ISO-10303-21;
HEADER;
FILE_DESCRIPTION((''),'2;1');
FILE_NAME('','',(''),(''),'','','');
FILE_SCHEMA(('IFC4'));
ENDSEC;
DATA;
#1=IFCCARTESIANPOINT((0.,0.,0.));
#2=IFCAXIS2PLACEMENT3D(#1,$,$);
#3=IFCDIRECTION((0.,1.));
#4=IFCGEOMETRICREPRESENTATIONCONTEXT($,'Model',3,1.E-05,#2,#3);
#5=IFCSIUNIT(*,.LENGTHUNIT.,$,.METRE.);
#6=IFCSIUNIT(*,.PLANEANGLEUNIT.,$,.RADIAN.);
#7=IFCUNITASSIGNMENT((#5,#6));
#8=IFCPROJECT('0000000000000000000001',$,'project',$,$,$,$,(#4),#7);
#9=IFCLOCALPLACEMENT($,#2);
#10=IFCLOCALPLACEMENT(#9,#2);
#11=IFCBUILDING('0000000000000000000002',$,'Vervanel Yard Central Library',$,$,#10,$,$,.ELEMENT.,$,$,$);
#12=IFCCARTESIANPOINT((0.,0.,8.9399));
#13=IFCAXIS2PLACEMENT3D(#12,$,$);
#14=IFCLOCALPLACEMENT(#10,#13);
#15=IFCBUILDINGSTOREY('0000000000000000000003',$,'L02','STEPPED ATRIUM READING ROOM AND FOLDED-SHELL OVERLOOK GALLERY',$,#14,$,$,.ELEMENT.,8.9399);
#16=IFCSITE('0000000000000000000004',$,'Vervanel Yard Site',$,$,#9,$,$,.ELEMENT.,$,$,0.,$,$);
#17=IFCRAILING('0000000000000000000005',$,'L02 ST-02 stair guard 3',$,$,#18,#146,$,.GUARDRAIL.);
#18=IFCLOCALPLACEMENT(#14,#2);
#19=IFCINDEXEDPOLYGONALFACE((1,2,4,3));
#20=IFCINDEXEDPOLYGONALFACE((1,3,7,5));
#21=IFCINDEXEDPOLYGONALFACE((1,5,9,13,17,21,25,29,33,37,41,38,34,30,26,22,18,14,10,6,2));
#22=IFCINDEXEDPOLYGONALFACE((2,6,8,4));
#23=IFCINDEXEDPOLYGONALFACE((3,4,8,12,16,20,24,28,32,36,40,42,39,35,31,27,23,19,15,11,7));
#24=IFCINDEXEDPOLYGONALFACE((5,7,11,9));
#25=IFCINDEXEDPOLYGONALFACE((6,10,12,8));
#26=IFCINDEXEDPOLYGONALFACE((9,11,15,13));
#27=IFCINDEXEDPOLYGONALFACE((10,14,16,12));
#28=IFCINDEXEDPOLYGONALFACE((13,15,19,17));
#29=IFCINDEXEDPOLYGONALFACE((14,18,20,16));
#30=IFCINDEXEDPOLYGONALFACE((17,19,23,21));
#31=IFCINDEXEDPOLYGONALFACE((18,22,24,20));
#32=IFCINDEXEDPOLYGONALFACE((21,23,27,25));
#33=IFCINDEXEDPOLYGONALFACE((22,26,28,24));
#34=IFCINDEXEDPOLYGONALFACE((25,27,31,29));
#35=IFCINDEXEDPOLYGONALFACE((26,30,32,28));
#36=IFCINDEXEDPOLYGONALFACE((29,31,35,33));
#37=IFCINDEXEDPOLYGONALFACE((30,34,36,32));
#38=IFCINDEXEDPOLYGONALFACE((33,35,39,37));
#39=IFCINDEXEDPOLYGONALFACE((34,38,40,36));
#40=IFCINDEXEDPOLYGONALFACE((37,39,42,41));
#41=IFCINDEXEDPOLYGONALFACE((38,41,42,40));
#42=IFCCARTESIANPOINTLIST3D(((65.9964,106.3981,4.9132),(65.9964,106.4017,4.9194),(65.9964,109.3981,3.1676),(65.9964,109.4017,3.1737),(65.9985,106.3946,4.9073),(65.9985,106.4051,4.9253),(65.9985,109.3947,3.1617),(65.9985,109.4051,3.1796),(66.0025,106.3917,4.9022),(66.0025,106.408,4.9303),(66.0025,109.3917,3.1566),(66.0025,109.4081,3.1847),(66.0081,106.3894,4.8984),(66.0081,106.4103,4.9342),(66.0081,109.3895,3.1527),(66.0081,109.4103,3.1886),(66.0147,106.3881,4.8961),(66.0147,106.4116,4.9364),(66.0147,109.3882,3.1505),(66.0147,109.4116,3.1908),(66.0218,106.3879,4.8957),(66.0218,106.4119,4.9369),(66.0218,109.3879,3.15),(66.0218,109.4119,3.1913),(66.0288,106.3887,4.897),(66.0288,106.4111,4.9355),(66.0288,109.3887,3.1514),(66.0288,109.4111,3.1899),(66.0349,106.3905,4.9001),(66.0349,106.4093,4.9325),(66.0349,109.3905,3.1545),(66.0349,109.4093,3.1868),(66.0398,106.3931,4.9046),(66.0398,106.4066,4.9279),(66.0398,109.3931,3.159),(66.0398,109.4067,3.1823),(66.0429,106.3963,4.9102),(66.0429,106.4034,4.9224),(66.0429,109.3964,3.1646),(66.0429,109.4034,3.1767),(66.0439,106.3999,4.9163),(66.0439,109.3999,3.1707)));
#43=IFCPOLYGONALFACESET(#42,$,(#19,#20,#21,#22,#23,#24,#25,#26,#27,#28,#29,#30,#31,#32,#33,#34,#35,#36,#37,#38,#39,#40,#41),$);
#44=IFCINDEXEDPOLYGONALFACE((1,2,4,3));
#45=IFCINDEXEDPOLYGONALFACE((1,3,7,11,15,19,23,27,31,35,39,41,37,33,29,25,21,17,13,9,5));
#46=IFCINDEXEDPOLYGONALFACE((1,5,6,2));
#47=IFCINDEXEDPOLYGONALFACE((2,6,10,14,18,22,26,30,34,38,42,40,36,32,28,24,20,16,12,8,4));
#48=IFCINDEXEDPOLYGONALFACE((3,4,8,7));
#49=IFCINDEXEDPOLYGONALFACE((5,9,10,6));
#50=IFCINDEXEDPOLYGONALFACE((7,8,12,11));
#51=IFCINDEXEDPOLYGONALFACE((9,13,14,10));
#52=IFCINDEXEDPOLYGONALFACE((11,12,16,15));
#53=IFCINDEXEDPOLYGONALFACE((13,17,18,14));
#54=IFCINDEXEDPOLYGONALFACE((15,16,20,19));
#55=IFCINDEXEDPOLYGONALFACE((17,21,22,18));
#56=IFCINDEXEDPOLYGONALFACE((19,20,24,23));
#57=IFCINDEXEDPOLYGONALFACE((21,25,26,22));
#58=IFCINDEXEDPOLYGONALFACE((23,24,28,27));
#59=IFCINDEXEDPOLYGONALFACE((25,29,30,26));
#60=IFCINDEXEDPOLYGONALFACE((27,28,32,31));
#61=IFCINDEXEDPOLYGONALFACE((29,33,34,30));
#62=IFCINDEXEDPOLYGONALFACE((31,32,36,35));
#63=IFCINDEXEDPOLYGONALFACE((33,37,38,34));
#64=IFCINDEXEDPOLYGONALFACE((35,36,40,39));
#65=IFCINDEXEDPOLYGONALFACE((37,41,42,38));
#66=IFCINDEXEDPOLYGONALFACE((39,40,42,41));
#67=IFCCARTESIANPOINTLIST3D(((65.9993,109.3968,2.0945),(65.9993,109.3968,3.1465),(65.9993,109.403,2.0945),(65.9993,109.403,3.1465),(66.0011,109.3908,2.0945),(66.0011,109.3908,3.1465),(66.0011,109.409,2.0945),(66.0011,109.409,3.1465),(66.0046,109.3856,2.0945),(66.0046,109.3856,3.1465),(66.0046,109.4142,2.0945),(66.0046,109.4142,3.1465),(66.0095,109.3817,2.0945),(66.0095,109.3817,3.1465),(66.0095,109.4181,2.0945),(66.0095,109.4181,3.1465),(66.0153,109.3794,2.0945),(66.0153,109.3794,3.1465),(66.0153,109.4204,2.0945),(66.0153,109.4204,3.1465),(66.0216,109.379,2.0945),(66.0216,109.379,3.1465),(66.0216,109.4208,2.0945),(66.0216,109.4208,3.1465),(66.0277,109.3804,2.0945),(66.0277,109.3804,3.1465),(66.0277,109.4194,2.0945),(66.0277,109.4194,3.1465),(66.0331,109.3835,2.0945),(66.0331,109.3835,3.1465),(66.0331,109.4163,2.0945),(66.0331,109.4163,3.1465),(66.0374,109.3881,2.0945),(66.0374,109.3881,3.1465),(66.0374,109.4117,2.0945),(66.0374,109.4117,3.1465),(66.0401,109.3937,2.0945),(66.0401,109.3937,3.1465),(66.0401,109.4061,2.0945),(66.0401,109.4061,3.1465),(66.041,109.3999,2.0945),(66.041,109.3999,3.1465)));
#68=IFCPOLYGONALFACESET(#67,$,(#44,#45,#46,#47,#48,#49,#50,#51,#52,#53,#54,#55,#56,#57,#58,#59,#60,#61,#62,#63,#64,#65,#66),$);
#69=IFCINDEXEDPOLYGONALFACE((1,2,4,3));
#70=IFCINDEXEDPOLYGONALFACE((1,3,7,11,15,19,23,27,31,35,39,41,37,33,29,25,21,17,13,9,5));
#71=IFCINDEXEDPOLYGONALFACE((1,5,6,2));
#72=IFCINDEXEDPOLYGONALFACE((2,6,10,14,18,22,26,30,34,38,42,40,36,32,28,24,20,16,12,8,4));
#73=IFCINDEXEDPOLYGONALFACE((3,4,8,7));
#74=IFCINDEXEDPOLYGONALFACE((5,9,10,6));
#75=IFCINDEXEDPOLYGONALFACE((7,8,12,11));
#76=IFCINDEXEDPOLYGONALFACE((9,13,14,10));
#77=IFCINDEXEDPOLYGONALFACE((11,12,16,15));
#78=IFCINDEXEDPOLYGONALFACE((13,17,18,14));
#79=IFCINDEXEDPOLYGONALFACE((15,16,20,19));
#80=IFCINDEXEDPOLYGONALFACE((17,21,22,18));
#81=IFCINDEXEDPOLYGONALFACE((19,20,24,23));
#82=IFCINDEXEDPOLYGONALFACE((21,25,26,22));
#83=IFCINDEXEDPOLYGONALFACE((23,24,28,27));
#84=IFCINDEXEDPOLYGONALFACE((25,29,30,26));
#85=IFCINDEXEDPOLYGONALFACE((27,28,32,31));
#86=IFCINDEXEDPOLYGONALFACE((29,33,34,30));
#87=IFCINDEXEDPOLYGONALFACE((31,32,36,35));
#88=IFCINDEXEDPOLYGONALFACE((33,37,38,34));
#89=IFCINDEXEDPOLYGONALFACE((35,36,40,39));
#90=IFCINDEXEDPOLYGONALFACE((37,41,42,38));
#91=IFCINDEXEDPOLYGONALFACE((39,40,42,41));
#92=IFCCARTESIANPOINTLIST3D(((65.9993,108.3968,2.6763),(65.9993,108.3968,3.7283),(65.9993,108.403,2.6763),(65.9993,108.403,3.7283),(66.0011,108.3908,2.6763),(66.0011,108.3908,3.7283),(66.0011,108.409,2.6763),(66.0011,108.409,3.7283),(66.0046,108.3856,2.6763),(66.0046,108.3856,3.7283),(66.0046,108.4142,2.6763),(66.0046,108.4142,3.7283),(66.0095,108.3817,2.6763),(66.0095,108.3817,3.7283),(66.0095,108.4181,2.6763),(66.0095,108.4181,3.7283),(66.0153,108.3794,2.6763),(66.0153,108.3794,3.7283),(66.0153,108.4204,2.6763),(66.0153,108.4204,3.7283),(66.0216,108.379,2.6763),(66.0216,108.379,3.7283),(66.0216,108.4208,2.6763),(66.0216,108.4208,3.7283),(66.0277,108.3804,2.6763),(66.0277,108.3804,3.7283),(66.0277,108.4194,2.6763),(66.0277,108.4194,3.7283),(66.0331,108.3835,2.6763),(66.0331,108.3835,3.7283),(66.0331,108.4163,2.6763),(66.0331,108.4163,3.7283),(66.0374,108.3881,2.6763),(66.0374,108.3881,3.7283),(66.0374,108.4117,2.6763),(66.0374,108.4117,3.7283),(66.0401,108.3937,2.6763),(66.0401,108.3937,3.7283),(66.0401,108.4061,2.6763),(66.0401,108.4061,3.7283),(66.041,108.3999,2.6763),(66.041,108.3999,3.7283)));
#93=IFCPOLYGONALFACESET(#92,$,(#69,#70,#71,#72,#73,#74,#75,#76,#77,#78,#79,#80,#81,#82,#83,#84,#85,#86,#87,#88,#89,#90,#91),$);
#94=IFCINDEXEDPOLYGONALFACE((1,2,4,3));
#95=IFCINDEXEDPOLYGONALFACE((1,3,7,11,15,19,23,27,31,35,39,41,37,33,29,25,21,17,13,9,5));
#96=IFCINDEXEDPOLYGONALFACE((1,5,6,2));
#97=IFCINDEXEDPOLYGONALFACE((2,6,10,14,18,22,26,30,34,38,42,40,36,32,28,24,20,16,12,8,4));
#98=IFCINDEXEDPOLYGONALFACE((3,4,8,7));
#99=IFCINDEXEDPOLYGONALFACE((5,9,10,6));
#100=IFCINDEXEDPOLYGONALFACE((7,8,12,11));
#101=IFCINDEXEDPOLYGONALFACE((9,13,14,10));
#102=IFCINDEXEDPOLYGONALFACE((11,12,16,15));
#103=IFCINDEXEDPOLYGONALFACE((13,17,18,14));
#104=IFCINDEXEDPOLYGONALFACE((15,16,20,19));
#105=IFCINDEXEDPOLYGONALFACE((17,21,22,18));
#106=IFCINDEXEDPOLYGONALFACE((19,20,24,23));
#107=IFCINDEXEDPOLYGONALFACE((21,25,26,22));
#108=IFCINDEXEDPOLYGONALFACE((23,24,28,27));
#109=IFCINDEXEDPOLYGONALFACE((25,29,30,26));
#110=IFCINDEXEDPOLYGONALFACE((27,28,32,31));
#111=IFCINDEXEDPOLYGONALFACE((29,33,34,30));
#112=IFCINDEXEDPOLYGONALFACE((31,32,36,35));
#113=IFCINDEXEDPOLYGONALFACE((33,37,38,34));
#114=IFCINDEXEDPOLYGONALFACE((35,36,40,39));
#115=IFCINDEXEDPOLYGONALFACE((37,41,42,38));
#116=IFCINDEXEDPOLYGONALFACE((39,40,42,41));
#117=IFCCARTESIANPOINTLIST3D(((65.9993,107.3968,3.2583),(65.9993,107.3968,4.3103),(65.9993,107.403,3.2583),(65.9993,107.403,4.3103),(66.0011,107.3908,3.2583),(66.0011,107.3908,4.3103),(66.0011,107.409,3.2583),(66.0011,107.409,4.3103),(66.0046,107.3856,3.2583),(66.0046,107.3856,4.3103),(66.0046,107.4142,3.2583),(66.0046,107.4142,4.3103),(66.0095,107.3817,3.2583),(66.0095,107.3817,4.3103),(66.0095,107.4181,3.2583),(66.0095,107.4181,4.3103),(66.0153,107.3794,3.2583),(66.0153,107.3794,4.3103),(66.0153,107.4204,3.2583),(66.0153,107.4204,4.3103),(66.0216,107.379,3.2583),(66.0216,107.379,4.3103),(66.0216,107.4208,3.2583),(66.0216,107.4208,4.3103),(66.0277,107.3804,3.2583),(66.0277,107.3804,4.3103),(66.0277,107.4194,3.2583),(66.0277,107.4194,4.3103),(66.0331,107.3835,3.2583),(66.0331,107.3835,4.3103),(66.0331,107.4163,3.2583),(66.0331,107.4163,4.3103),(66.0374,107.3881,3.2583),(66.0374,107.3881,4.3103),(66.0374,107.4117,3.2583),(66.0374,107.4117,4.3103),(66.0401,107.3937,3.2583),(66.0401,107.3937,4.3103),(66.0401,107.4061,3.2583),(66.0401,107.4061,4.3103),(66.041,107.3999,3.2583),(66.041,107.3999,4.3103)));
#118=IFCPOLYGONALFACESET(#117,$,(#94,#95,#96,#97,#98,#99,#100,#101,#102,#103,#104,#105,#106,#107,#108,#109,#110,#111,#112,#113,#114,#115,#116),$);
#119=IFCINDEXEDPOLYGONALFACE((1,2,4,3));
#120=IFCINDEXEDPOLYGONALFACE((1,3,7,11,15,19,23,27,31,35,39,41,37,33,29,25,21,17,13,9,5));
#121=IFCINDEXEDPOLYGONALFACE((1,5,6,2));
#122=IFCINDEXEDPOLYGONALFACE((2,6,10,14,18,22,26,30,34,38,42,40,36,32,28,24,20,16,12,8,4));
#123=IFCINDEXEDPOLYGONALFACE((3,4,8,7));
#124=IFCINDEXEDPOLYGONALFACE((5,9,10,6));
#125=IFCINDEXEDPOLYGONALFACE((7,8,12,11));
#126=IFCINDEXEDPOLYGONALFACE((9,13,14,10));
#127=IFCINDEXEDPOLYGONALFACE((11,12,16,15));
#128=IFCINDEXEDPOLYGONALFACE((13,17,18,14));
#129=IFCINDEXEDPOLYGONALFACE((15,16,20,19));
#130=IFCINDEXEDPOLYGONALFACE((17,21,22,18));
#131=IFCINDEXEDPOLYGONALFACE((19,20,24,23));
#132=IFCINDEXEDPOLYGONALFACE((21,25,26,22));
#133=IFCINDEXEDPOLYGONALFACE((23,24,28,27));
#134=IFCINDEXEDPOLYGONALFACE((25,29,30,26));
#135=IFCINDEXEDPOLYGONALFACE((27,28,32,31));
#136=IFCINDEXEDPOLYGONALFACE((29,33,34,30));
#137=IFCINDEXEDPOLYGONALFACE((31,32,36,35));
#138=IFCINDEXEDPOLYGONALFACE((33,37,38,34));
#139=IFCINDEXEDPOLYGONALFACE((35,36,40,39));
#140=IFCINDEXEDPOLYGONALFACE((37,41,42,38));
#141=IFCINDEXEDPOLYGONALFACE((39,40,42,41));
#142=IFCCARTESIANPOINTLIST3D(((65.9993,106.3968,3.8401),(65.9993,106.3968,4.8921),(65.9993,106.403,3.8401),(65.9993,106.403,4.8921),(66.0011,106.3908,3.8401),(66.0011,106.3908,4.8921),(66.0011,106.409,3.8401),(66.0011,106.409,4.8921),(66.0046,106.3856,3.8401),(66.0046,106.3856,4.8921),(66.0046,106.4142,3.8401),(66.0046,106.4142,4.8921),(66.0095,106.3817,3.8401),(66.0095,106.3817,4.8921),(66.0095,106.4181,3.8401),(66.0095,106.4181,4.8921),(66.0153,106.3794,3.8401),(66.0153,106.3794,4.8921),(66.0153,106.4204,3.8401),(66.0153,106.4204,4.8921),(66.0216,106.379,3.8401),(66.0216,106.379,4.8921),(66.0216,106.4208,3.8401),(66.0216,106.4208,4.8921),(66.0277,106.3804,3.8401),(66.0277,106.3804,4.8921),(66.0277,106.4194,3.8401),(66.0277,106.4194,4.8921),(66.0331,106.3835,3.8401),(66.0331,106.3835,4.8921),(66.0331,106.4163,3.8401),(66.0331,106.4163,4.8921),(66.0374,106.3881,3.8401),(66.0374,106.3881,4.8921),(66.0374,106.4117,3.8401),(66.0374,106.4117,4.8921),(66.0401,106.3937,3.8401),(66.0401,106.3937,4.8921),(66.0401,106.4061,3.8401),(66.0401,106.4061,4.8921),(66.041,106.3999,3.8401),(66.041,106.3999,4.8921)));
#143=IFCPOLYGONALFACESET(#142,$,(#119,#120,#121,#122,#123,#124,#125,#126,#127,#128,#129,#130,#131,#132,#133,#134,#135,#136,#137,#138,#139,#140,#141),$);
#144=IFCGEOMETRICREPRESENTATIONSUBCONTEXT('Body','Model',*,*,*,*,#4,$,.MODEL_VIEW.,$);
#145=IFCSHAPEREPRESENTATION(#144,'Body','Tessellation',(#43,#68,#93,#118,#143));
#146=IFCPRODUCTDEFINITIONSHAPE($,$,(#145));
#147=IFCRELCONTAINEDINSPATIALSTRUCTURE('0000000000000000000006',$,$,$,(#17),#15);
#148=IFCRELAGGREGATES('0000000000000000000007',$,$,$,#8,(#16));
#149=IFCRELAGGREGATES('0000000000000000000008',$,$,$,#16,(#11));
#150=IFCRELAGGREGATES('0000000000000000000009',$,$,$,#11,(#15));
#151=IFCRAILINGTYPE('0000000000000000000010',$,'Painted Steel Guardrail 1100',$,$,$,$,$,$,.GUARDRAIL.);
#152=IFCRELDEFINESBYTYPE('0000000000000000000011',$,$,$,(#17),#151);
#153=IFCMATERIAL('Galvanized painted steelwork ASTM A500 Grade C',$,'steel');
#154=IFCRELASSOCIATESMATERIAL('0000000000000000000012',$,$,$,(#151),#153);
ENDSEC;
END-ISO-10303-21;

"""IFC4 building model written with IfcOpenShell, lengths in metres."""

from ifc_helpers import new_model, si_unit, direction, frame, origin, origin_2d, place, context, subcontext, project, spatial, circle, extrude, material, type_object, element, save


model = new_model("IFC4")

# Units and contexts
model_context = context("Model", 3, precision=1e-05, world=origin(), true_north=direction((0.0, 1.0)))
body_context = subcontext(model_context, "Body", "Model", "MODEL_VIEW")
ifc_project = project(units=[si_unit("LENGTHUNIT", "METRE"), si_unit("PLANEANGLEUNIT", "RADIAN")], contexts=[model_context])

# Site, building, storey
site_placement = place(None, origin())
site = spatial("IfcSite", under=ifc_project, at=site_placement, Name="Vervanel Yard Site", CompositionType="ELEMENT", RefElevation=0.0)
building_placement = place(site_placement, origin())
building = spatial("IfcBuilding", under=site, at=building_placement, Name="Vervanel Yard Central Library", CompositionType="ELEMENT")
storey_placement = place(building_placement, frame((0.0, 0.0, 8.9399)))
storey = spatial("IfcBuildingStorey", under=building, at=storey_placement, Name="L02", Description="STEPPED ATRIUM READING ROOM AND FOLDED-SHELL OVERLOOK GALLERY", CompositionType="ELEMENT", Elevation=8.9399)

# Shared definitions
ifc_material_1 = material(Name="Galvanized painted steelwork ASTM A500 Grade C", Category="steel")

# Railing
railing_type_1 = type_object("IfcRailingType", Name="Painted Steel Guardrail 1100", PredefinedType="GUARDRAIL", material=ifc_material_1)
railing_1_placement = place(storey_placement, frame((66.02, 109.3999, 2.0945)))
element("IfcRailing", 1, at=railing_1_placement, inside=storey, type_object=railing_type_1, Name="L02 ST-02 stair guard 3", PredefinedType="GUARDRAIL", context=body_context, shape_type="SweptSolid", body=[
    extrude(circle(Radius=0.0239, at=origin_2d()), frame((0.0, 0.0, 1.0762), z_axis=(0.0, -0.864329, 0.502926), x_axis=(1.0, 0.0, 0.0)), (0.0, 0.0, 1.0), 3.4709),
    extrude(circle(Radius=0.021, at=origin_2d()), origin(), (0.0, 0.0, 1.0), 1.052),
    extrude(circle(Radius=0.021, at=origin_2d()), frame((0.0, -1.0, 0.5818)), (0.0, 0.0, 1.0), 1.052),
    extrude(circle(Radius=0.021, at=origin_2d()), frame((0.0, -2.0, 1.1638)), (0.0, 0.0, 1.0), 1.052),
    extrude(circle(Radius=0.021, at=origin_2d()), frame((0.0, -3.0, 1.7456)), (0.0, 0.0, 1.0), 1.052),
])

save(model, "model.ifc")
